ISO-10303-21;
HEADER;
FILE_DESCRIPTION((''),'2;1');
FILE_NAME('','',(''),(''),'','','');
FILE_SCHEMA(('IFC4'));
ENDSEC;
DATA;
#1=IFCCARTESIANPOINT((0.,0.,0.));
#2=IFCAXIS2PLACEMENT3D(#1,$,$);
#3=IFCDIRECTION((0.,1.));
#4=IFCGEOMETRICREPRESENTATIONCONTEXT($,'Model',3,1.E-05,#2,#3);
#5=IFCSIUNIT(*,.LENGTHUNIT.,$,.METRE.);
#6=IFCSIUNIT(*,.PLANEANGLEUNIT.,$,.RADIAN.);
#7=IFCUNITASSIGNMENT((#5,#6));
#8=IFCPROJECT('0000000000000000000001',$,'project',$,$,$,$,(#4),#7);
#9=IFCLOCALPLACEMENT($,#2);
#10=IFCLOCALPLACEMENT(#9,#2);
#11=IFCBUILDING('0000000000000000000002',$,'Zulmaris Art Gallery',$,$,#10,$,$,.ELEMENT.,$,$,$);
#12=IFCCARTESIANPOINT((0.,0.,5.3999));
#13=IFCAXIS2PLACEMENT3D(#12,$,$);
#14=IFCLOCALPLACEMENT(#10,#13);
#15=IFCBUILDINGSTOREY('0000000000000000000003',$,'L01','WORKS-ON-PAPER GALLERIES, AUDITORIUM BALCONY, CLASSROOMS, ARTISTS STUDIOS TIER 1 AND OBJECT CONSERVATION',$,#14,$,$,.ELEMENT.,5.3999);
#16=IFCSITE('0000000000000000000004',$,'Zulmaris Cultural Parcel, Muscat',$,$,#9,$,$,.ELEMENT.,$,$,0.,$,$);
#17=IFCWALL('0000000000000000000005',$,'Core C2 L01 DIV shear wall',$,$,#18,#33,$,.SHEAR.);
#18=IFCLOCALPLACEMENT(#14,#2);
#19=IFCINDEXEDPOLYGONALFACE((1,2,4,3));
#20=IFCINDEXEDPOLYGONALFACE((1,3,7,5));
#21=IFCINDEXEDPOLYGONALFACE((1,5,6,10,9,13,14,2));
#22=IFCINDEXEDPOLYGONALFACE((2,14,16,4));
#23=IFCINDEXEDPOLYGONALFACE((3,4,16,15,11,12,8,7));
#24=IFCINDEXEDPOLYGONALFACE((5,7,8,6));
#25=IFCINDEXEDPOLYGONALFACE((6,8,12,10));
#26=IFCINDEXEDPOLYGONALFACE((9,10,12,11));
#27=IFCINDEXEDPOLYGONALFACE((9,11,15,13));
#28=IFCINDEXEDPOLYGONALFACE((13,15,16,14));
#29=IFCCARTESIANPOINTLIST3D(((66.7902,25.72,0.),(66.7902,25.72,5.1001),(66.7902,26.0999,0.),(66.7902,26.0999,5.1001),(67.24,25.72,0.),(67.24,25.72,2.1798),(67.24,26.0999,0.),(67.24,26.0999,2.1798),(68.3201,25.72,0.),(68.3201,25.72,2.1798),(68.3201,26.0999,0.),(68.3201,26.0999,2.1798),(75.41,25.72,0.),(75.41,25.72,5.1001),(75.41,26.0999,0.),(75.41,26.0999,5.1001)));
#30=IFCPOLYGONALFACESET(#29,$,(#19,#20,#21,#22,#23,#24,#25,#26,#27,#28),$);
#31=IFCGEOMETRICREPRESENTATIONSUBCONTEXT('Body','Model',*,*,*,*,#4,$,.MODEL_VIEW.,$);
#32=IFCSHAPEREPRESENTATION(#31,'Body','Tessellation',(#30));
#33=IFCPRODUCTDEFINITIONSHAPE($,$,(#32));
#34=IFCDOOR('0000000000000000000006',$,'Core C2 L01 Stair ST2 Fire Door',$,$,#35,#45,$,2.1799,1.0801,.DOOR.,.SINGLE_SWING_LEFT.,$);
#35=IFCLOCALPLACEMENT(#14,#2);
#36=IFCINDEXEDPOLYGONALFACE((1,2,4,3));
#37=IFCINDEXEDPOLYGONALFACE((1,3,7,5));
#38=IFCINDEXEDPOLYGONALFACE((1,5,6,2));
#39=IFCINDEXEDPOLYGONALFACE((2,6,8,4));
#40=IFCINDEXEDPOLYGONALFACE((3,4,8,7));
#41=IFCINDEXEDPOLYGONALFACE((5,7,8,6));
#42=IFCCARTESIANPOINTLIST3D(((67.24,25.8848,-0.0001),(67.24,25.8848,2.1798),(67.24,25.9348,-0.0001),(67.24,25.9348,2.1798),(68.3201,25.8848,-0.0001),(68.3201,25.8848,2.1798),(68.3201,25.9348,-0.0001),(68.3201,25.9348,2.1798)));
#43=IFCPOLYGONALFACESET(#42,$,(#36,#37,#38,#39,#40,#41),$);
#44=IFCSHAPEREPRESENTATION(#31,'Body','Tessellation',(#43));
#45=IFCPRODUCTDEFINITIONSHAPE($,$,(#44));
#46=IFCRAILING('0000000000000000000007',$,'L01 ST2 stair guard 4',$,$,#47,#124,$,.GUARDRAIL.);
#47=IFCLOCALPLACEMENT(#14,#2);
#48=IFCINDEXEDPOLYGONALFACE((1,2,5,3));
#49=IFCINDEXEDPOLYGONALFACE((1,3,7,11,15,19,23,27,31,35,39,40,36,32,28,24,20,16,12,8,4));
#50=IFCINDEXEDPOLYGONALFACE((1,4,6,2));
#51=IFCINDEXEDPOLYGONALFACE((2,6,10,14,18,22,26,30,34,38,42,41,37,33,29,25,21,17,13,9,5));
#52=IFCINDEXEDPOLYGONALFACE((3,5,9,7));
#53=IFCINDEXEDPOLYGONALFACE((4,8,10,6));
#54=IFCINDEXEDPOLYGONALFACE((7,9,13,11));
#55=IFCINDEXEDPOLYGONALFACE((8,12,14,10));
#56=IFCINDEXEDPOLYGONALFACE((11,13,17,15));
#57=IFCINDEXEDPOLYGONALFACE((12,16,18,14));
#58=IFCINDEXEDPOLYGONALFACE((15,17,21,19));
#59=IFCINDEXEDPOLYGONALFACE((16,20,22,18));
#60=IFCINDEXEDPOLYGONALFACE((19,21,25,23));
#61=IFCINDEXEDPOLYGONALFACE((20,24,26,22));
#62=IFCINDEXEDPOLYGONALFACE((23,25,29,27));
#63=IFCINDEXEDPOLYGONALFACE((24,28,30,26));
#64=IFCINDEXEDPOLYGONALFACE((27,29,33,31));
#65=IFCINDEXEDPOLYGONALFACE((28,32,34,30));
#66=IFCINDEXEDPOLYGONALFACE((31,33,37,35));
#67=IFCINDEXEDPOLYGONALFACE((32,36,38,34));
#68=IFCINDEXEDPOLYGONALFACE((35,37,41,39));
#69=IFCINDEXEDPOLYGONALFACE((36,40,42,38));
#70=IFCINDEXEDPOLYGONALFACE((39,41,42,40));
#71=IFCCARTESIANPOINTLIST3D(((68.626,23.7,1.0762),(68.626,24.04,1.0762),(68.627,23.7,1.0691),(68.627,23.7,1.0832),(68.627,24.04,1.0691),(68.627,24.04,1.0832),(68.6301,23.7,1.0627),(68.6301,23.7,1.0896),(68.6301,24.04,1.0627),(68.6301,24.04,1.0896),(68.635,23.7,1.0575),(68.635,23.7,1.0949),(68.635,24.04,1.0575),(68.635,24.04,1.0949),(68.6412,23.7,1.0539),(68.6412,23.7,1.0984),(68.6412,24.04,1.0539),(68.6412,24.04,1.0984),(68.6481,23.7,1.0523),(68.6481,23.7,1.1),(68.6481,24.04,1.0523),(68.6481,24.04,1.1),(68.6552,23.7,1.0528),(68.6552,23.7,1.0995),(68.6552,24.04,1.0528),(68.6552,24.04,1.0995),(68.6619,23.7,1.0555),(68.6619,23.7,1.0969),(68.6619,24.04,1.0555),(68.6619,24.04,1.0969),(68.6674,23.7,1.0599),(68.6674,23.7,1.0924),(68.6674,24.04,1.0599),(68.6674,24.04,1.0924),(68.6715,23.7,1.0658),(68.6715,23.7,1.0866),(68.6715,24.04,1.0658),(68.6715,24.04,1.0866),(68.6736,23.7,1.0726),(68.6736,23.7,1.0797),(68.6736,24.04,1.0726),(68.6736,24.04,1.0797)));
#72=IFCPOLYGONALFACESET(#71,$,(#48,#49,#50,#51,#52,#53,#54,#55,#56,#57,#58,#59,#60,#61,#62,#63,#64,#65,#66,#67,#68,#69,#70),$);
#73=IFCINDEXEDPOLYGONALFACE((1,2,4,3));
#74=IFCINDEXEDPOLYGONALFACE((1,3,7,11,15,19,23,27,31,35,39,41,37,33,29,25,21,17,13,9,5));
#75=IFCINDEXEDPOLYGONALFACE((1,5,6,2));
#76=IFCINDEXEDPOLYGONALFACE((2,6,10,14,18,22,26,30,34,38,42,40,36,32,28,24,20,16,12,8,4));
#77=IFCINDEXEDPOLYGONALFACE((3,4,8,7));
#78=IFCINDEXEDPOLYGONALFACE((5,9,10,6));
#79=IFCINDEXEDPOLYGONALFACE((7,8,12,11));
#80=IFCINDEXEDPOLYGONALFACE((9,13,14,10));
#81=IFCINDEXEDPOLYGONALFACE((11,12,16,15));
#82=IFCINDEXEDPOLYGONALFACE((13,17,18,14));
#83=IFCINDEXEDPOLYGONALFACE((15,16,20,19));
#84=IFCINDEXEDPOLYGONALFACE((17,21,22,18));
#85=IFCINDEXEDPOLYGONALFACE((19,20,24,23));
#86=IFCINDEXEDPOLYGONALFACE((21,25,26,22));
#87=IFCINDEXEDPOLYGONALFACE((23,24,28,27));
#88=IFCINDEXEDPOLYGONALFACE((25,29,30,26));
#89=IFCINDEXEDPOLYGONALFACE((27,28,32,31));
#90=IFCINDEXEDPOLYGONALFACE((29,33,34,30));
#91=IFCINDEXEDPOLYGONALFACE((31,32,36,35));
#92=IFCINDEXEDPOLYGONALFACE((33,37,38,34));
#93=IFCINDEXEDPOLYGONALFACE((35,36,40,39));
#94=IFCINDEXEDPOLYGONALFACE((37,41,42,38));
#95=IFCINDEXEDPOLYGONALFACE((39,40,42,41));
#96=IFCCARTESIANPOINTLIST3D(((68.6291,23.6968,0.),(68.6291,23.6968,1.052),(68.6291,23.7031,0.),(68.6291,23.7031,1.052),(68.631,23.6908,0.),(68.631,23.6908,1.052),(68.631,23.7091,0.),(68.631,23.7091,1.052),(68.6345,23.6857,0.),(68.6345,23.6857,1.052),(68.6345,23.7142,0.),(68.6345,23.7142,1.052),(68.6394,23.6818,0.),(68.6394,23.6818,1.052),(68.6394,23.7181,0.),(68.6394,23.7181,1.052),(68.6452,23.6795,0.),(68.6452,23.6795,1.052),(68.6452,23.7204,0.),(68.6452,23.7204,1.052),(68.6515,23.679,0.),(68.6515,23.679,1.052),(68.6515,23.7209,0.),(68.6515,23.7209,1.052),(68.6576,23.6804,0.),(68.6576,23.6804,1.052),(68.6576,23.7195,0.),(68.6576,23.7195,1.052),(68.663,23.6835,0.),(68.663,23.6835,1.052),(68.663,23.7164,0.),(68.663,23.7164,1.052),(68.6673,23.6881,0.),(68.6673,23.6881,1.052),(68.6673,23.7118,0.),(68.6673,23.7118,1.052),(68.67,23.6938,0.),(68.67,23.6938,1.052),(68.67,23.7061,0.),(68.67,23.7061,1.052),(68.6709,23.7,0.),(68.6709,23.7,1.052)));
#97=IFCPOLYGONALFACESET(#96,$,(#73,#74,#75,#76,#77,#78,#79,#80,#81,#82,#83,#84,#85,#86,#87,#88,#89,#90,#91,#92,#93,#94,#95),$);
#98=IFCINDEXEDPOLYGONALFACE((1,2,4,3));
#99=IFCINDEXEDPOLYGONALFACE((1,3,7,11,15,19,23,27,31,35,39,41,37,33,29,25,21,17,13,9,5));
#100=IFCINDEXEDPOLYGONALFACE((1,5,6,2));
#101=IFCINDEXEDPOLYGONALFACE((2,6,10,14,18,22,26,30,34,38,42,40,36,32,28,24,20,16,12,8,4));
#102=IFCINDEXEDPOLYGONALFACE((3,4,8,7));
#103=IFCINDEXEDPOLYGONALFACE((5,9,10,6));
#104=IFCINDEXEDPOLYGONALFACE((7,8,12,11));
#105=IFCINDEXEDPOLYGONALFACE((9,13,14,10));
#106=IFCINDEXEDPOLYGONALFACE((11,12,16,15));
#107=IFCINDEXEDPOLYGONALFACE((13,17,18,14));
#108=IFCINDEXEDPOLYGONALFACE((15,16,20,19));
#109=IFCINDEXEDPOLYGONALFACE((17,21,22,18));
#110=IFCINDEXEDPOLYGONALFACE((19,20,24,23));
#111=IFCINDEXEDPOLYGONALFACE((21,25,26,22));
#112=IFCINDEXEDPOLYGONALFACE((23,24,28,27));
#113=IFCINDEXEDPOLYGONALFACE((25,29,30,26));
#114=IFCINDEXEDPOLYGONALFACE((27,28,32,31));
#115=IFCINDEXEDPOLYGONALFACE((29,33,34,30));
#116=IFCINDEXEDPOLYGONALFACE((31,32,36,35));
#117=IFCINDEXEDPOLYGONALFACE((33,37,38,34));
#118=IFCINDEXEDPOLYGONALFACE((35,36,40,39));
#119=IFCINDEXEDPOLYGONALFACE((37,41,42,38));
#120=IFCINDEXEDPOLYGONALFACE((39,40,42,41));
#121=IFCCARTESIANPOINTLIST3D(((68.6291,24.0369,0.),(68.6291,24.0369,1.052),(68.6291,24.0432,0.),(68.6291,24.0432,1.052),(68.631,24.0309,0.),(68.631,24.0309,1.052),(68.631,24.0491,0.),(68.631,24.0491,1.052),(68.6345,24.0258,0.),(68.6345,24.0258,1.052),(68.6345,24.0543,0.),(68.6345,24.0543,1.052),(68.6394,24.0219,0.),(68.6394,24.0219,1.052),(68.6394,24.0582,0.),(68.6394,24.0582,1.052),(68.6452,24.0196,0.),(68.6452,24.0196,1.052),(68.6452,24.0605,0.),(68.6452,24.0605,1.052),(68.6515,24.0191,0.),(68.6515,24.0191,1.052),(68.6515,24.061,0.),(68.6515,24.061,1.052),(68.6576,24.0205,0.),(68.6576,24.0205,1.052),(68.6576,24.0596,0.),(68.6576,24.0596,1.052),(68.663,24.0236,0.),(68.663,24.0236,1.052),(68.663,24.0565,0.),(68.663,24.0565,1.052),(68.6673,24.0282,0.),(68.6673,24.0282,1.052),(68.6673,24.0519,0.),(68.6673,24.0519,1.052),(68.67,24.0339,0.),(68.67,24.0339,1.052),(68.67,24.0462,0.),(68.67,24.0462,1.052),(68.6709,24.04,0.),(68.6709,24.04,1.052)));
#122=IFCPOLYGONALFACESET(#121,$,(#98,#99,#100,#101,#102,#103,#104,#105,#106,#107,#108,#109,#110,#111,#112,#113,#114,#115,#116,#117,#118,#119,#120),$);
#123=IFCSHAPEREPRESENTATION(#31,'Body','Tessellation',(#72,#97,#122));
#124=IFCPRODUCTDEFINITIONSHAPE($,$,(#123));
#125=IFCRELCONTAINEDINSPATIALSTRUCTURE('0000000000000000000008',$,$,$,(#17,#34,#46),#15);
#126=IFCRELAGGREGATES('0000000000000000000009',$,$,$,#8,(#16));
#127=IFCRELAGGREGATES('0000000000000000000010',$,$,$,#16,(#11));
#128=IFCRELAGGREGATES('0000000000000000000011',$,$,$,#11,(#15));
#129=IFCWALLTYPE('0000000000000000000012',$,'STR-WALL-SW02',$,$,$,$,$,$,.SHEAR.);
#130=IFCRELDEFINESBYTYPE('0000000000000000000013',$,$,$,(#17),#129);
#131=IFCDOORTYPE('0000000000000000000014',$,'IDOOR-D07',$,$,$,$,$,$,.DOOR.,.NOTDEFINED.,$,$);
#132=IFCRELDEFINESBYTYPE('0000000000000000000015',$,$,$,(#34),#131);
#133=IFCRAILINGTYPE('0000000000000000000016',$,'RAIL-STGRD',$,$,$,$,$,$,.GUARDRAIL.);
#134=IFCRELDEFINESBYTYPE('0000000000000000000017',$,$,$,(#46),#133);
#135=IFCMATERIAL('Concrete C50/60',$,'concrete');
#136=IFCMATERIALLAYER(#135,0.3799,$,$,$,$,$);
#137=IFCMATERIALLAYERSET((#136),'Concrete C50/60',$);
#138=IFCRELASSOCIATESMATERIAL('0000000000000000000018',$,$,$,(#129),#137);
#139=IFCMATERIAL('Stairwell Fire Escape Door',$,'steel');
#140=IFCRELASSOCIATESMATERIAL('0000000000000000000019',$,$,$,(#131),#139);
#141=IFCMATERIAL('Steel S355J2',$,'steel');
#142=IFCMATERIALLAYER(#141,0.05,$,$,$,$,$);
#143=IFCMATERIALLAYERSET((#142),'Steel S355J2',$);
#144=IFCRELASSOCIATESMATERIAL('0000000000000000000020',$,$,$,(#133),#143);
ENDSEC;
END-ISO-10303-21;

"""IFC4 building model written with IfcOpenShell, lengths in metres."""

from ifc_helpers import new_model, si_unit, direction, frame, frame_2d, origin, origin_2d, place, context, subcontext, project, spatial, rectangle, circle, extrude, material, layer, layer_set, type_object, element, fill, save


model = new_model("IFC4")

# Units and contexts
model_context = context("Model", 3, precision=1e-05, world=origin(), true_north=direction((0.0, 1.0)))
body_context = subcontext(model_context, "Body", "Model", "MODEL_VIEW")
ifc_project = project(units=[si_unit("LENGTHUNIT", "METRE"), si_unit("PLANEANGLEUNIT", "RADIAN")], contexts=[model_context])

# Site, building, storey
site_placement = place(None, origin())
site = spatial("IfcSite", under=ifc_project, at=site_placement, Name="Zulmaris Cultural Parcel, Muscat", CompositionType="ELEMENT", RefElevation=0.0)
building_placement = place(site_placement, origin())
building = spatial("IfcBuilding", under=site, at=building_placement, Name="Zulmaris Art Gallery", CompositionType="ELEMENT")
storey_placement = place(building_placement, frame((0.0, 0.0, 5.3999)))
storey = spatial("IfcBuildingStorey", under=building, at=storey_placement, Name="L01", Description="WORKS-ON-PAPER GALLERIES, AUDITORIUM BALCONY, CLASSROOMS, ARTISTS STUDIOS TIER 1 AND OBJECT CONSERVATION", CompositionType="ELEMENT", Elevation=5.3999)

# Shared definitions
ifc_material_1 = material(Name="Steel S355J2", Category="steel")

# Wall, opening, door
ifc_material_2 = material(Name="Concrete C50/60", Category="concrete")
ifc_layer_1 = layer(ifc_material_2, 0.3799)
ifc_layer_set_1 = layer_set([ifc_layer_1], Name="Concrete C50/60")
wall_type_1 = type_object("IfcWallType", Name="STR-WALL-SW02", PredefinedType="SHEAR", material=ifc_layer_set_1)
wall_1_placement = place(storey_placement, frame((66.79, 25.9099, 0.0), z_axis=(0.0, 0.0, 1.0), x_axis=(1.0, 0.0, 0.0)))
wall_1 = element("IfcWall", 1, at=wall_1_placement, inside=storey, type_object=wall_type_1, Name="Core C2 L01 DIV shear wall", PredefinedType="SHEAR", context=body_context, shape_type="SweptSolid", body=[
    extrude(rectangle(XDim=8.6199, YDim=0.3799, at=frame_2d((4.3101, 0.0))), origin(), (0.0, 0.0, 1.0), 5.1001),
])
opening_1_placement = place(wall_1_placement, frame((0.45, 0.0, 0.0)))
opening_1 = element("IfcOpeningElement", 2, at=opening_1_placement, cuts=wall_1, PredefinedType="OPENING", context=body_context, shape_type="SweptSolid", body=[
    extrude(rectangle(XDim=1.0801, YDim=2.1799, at=frame_2d((0.54, 1.0898))), frame((0.0, 0.2, 0.0), z_axis=(0.0, -1.0, 0.0), x_axis=(1.0, 0.0, 0.0)), (0.0, 0.0, 1.0), 0.3999),
])
ifc_material_3 = material(Name="Stairwell Fire Escape Door", Category="steel")
door_type_1 = type_object("IfcDoorType", Name="IDOOR-D07", OperationType="NOTDEFINED", PredefinedType="DOOR", material=ifc_material_3)
door_1_placement = place(opening_1_placement, origin())
door_1 = element("IfcDoor", 3, at=door_1_placement, inside=storey, type_object=door_type_1, Name="Core C2 L01 Stair ST2 Fire Door", OperationType="SINGLE_SWING_LEFT", OverallHeight=2.1799, OverallWidth=1.0801, PredefinedType="DOOR", context=body_context, shape_type="SweptSolid", body=[
    extrude(rectangle(XDim=1.0801, YDim=2.1799, at=frame_2d((0.54, 1.0898))), frame((0.0, 0.0249, 0.0), z_axis=(0.0, -1.0, 0.0), x_axis=(1.0, 0.0, 0.0)), (0.0, 0.0, 1.0), 0.05),
])
fill(opening_1, door_1)

# Railing
ifc_layer_2 = layer(ifc_material_1, 0.05)
ifc_layer_set_2 = layer_set([ifc_layer_2], Name="Steel S355J2")
railing_type = type_object("IfcRailingType", Name="RAIL-STGRD", PredefinedType="GUARDRAIL", material=ifc_layer_set_2)
railing_placement = place(storey_placement, frame((68.6499, 23.7, 0.0)))
element("IfcRailing", 4, at=railing_placement, inside=storey, type_object=railing_type, Name="L01 ST2 stair guard 4", PredefinedType="GUARDRAIL", context=body_context, shape_type="SweptSolid", body=[
    extrude(circle(Radius=0.0239, at=origin_2d()), frame((0.0, 0.0, 1.0762), z_axis=(0.0, 1.0, 0.0), x_axis=(-1.0, 0.0, 0.0)), (0.0, 0.0, 1.0), 0.3401),
    extrude(circle(Radius=0.021, at=origin_2d()), origin(), (0.0, 0.0, 1.0), 1.052),
    extrude(circle(Radius=0.021, at=origin_2d()), frame((0.0, 0.3401, 0.0)), (0.0, 0.0, 1.0), 1.052),
])

save(model, "model.ifc")
